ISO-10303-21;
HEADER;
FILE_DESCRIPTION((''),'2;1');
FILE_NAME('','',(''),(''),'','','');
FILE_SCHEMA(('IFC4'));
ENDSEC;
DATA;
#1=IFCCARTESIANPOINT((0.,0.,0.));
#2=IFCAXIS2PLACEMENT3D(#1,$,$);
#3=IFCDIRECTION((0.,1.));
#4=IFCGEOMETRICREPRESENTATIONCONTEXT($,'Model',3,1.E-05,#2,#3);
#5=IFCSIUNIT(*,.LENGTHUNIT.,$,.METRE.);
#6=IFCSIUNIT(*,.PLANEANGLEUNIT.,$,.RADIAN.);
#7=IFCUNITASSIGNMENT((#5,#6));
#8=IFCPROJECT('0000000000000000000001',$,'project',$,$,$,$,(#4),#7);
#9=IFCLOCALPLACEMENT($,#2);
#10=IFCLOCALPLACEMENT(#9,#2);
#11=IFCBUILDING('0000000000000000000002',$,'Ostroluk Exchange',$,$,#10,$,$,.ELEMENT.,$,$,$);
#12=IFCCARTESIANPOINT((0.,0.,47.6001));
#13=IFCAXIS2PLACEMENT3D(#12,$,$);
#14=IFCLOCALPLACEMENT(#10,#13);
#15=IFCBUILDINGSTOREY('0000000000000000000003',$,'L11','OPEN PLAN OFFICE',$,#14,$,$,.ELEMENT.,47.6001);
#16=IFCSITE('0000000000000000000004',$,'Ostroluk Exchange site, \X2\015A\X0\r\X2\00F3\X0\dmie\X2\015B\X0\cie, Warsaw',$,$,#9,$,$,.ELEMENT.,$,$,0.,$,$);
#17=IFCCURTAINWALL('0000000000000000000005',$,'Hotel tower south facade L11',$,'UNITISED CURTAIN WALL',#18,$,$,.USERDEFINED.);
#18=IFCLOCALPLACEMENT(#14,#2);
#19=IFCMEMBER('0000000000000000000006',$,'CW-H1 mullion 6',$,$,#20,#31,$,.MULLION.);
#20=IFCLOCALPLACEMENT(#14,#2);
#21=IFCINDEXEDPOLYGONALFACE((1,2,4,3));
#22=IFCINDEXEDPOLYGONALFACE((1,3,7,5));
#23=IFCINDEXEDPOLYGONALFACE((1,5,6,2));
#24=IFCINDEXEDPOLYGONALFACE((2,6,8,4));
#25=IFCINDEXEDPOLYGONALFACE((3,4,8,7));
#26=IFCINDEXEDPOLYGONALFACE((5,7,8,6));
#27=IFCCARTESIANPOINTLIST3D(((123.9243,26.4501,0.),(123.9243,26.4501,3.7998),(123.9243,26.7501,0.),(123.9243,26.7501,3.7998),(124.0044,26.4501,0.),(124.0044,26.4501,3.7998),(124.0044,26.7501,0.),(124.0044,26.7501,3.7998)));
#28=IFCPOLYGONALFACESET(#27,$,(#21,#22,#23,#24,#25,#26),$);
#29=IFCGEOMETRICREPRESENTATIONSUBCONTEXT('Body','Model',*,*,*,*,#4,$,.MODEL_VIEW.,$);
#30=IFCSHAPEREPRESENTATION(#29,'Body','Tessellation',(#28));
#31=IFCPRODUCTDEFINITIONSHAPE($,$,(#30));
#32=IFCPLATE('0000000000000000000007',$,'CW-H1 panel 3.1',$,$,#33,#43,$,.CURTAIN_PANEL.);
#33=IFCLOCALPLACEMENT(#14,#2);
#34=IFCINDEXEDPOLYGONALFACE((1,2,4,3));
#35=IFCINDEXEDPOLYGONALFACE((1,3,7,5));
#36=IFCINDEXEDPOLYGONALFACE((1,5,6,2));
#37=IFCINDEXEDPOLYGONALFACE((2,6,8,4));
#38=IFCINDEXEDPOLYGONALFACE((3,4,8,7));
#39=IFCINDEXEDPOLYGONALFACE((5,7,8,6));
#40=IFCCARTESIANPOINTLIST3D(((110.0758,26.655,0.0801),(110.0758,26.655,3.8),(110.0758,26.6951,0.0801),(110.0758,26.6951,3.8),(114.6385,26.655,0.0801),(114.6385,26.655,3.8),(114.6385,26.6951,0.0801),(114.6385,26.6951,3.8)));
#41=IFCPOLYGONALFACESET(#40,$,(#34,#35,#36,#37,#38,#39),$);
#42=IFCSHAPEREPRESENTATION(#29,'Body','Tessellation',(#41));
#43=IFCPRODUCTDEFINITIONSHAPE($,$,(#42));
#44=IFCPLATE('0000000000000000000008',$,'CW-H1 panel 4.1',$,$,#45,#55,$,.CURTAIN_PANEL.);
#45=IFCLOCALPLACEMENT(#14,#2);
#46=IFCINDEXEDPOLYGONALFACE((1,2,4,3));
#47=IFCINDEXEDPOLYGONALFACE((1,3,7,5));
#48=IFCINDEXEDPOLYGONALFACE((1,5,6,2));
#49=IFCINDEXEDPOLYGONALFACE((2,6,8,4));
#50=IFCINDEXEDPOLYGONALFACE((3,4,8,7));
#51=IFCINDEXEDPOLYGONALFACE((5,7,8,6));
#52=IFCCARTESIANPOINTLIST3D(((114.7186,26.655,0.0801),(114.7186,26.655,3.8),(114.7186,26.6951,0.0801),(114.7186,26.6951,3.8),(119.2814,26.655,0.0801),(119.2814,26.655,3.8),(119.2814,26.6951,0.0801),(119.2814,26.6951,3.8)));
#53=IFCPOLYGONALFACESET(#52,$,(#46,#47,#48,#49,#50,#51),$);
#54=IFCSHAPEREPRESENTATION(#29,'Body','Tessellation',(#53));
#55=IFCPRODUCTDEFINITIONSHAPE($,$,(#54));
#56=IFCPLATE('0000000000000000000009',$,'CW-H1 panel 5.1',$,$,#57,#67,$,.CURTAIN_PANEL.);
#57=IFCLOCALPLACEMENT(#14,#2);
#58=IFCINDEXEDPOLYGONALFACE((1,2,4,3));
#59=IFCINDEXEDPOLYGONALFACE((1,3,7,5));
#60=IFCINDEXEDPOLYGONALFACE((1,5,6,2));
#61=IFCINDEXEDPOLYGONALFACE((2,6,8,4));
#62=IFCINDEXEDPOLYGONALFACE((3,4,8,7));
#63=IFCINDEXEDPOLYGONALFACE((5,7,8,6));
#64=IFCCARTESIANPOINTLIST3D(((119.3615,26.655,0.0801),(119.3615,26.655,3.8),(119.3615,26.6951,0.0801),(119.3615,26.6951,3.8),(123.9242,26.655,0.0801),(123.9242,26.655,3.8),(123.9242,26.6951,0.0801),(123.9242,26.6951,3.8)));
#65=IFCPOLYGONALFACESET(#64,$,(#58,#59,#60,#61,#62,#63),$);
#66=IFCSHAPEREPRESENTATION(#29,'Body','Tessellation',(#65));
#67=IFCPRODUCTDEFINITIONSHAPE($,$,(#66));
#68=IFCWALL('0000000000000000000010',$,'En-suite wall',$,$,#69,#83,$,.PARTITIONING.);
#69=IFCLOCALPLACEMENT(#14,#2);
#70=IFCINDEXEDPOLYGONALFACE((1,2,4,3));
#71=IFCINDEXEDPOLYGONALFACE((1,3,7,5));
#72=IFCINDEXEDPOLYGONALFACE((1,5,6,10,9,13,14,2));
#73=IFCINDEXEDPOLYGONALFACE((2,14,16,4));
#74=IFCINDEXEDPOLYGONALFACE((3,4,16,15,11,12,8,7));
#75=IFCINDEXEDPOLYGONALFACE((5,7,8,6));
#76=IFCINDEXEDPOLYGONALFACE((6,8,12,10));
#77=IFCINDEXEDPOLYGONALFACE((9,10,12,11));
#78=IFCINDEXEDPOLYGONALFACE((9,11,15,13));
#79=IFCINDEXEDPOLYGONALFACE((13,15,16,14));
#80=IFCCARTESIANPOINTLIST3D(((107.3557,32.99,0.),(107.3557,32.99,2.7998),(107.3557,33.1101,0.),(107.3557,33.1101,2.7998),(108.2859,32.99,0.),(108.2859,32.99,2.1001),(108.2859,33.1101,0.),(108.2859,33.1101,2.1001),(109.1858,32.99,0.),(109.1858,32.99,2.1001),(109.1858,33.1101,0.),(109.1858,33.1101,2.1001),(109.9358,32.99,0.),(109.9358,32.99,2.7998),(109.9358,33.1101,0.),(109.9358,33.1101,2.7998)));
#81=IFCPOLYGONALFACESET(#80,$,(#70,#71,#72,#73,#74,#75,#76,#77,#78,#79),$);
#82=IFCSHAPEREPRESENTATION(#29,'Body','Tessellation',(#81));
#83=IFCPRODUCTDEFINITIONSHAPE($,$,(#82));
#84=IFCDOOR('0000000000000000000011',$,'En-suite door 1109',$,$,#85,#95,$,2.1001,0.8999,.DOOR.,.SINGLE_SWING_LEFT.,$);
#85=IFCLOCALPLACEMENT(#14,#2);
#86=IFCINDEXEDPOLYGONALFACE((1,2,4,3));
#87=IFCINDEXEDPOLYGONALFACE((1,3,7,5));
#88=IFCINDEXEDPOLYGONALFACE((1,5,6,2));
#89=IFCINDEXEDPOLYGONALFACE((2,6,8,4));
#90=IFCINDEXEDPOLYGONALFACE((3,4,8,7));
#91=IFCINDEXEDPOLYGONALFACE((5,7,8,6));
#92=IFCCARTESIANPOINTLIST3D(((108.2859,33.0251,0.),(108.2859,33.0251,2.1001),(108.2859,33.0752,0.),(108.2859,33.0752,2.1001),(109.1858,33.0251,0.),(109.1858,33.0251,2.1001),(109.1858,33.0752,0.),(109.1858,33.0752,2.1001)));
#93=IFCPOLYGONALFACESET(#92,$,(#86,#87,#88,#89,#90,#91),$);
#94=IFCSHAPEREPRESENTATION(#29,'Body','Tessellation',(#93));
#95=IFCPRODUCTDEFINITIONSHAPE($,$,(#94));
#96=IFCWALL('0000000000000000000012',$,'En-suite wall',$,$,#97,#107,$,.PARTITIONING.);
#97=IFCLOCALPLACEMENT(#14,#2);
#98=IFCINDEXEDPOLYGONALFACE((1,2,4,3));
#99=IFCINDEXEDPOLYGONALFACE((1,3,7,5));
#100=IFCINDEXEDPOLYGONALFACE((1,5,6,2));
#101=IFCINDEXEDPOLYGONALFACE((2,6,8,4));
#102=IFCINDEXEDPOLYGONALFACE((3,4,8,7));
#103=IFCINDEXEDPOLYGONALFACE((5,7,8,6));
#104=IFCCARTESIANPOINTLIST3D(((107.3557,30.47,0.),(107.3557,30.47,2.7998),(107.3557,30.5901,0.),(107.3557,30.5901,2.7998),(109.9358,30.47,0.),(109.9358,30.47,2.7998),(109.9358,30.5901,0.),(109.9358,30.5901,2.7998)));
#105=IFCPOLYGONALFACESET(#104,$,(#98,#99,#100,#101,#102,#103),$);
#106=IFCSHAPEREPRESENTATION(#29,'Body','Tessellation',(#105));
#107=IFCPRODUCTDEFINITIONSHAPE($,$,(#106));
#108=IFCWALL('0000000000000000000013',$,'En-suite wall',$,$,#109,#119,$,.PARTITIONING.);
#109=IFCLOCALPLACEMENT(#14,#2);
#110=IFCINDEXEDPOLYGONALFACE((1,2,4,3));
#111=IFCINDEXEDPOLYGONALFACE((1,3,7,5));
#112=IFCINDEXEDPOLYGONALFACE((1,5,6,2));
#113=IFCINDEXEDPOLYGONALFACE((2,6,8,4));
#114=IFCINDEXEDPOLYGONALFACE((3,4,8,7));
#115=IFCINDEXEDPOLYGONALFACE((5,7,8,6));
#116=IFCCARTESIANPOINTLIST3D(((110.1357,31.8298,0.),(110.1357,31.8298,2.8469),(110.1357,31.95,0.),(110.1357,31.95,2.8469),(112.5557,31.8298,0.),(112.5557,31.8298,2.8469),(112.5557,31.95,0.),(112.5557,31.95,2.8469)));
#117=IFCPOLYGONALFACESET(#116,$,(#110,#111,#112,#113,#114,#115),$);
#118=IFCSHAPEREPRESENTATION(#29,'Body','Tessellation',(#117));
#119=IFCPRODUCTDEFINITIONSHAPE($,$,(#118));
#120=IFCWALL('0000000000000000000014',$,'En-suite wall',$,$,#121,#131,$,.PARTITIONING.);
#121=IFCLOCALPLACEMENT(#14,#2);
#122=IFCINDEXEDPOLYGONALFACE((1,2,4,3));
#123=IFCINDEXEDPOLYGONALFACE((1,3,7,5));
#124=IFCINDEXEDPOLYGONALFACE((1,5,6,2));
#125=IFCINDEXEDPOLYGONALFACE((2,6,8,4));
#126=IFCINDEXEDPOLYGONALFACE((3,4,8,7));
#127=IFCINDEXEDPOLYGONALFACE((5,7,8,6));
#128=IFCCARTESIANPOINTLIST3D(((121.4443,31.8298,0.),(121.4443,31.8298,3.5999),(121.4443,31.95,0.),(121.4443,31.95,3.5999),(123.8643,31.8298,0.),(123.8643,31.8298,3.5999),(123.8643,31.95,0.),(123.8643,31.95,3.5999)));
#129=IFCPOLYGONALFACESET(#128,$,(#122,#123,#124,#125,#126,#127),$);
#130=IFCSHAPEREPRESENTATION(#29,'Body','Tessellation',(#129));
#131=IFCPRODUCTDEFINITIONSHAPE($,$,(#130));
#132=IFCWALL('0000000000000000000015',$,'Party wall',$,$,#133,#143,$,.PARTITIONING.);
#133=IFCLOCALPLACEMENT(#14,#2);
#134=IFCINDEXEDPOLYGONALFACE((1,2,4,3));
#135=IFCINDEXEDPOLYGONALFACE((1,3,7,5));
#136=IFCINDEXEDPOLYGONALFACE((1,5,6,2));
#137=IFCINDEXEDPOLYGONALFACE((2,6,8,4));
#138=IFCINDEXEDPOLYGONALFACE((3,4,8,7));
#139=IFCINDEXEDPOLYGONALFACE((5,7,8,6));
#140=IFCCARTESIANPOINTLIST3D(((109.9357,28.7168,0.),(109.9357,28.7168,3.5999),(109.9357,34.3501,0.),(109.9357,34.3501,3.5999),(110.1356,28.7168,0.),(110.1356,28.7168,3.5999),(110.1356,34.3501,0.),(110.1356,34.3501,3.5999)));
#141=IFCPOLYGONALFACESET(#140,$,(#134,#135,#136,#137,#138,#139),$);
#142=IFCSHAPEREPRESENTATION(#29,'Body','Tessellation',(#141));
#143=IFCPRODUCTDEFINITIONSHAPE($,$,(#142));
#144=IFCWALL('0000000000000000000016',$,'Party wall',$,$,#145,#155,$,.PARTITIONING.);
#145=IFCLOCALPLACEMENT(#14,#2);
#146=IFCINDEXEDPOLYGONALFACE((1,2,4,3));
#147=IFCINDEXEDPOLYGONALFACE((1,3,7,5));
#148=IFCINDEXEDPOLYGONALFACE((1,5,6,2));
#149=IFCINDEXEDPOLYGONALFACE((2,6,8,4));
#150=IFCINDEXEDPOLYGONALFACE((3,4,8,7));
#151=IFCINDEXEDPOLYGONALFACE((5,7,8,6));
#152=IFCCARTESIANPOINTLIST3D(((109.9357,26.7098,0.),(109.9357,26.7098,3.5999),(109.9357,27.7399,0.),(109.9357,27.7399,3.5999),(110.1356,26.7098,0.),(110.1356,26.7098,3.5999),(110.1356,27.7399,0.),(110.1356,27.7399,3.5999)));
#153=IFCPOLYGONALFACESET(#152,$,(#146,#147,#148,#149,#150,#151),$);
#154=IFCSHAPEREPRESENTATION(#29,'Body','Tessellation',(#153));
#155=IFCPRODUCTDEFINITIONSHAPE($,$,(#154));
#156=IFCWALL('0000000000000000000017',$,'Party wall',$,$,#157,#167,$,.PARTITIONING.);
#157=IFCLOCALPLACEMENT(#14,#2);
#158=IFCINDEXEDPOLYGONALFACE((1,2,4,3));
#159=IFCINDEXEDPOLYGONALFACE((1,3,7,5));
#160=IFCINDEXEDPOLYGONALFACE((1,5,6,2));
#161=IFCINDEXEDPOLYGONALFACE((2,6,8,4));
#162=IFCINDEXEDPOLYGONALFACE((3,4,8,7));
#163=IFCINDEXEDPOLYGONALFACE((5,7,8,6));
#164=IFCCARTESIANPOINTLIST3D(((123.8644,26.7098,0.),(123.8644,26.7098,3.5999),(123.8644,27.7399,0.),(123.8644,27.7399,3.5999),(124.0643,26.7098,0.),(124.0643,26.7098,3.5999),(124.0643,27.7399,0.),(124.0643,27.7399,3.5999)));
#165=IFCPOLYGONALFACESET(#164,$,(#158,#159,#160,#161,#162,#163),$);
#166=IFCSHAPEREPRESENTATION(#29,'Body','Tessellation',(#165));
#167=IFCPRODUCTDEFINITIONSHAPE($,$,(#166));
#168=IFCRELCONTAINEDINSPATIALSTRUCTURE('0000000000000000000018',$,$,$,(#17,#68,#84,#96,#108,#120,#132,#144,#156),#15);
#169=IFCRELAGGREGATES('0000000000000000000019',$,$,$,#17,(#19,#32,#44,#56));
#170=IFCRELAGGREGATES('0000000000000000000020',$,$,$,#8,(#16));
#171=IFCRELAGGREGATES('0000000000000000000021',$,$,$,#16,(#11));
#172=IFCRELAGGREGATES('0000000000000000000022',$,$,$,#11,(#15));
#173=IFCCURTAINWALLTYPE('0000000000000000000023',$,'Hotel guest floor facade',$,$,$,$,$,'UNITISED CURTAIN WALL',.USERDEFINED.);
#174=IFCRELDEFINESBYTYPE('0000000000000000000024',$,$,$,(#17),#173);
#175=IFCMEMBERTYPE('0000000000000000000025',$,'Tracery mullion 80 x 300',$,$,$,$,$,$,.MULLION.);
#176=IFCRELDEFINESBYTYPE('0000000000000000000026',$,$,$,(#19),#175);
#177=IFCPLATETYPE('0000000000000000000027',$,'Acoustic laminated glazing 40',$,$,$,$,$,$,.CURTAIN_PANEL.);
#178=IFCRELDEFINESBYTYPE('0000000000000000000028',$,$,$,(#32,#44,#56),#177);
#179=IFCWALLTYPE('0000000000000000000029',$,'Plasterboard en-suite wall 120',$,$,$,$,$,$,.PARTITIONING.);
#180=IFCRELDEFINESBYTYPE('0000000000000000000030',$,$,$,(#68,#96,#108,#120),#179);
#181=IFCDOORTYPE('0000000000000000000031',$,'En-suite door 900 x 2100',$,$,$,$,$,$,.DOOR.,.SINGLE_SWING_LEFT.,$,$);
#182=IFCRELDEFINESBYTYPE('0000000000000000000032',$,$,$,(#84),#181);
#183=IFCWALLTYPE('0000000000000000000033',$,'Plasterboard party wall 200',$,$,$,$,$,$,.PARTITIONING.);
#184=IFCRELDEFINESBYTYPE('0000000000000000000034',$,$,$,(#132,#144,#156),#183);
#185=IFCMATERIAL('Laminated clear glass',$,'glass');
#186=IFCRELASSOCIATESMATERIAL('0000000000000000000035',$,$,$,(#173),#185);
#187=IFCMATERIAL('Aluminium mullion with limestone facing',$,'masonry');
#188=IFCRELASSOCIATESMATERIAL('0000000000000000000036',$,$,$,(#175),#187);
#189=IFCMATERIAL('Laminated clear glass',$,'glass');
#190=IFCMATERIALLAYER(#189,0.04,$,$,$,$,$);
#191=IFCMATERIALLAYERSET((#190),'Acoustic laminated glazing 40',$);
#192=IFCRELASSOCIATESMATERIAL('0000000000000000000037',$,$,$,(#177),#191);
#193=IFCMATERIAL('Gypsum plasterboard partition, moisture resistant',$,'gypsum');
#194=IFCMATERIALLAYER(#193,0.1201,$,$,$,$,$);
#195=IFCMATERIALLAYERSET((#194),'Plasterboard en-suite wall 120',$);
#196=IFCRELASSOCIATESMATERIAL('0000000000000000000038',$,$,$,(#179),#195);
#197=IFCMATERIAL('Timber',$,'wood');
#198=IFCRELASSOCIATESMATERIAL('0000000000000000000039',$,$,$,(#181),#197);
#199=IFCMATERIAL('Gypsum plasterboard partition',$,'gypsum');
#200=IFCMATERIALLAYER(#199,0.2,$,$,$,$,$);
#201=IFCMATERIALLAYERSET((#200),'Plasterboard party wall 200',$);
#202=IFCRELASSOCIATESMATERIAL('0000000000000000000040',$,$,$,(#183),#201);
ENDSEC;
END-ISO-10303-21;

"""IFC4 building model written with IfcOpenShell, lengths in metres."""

from ifc_helpers import new_model, si_unit, direction, frame, frame_2d, origin, origin_2d, place, context, subcontext, project, spatial, rectangle, extrude, material, layer, layer_set, material_profile, profile_set, type_object, element, fill, aggregate, save


model = new_model("IFC4")

# Units and contexts
model_context = context("Model", 3, precision=1e-05, world=origin(), true_north=direction((0.0, 1.0)))
body_context = subcontext(model_context, "Body", "Model", "MODEL_VIEW")
ifc_project = project(units=[si_unit("LENGTHUNIT", "METRE"), si_unit("PLANEANGLEUNIT", "RADIAN")], contexts=[model_context])

# Site, building, storey
site_placement = place(None, origin())
site = spatial("IfcSite", under=ifc_project, at=site_placement, Name="Ostroluk Exchange site, Śródmieście, Warsaw", CompositionType="ELEMENT", RefElevation=0.0)
building_placement = place(site_placement, origin())
building = spatial("IfcBuilding", under=site, at=building_placement, Name="Ostroluk Exchange", CompositionType="ELEMENT")
storey_placement = place(building_placement, frame((0.0, 0.0, 47.6001)))
storey = spatial("IfcBuildingStorey", under=building, at=storey_placement, Name="L11", Description="OPEN PLAN OFFICE", CompositionType="ELEMENT", Elevation=47.6001)

# Curtain wall, member, plates
ifc_material_1 = material(Name="Laminated clear glass", Category="glass")
curtain_wall_type = type_object("IfcCurtainWallType", Name="Hotel guest floor facade", ElementType="UNITISED CURTAIN WALL", PredefinedType="USERDEFINED", material=ifc_material_1)
curtain_wall_placement = place(storey_placement, origin())
curtain_wall = element("IfcCurtainWall", 1, at=curtain_wall_placement, inside=storey, type_object=curtain_wall_type, Name="Hotel tower south facade L11", ObjectType="UNITISED CURTAIN WALL", PredefinedType="USERDEFINED")
ifc_material_2 = material(Name="Aluminium mullion with limestone facing", Category="masonry")
ifc_material_profile_1 = material_profile(ifc_material_2, rectangle(XDim=0.3, YDim=0.0801, at=origin_2d()), Name="Tracery mullion 80 x 300")
ifc_profile_set_1 = profile_set([ifc_material_profile_1], Name="Aluminium mullion with limestone facing")
member_type_1 = type_object("IfcMemberType", Name="Tracery mullion 80 x 300", PredefinedType="MULLION", material=ifc_profile_set_1)
member_1_placement = place(storey_placement, frame((123.9644, 26.6001, 0.0), z_axis=(0.0, 0.0, 1.0), x_axis=(0.0, 1.0, 0.0)))
member_1 = element("IfcMember", 2, at=member_1_placement, type_object=member_type_1, Name="CW-H1 mullion 6", PredefinedType="MULLION", context=body_context, shape_type="SweptSolid", body=[
    extrude(rectangle(XDim=0.3, YDim=0.0801, at=origin_2d()), origin(), (0.0, 0.0, 1.0), 3.7998),
])
ifc_material_3 = material(Name="Laminated clear glass", Category="glass")
ifc_layer_1 = layer(ifc_material_3, 0.04)
ifc_layer_set_1 = layer_set([ifc_layer_1], Name="Acoustic laminated glazing 40")
plate_type = type_object("IfcPlateType", Name="Acoustic laminated glazing 40", PredefinedType="CURTAIN_PANEL", material=ifc_layer_set_1)
plate_1_placement = place(storey_placement, frame((112.3572, 26.675, 0.0801), z_axis=(0.0, 0.0, 1.0), x_axis=(1.0, 0.0, 0.0)))
plate_1 = element("IfcPlate", 3, at=plate_1_placement, type_object=plate_type, Name="CW-H1 panel 3.1", PredefinedType="CURTAIN_PANEL", context=body_context, shape_type="SweptSolid", body=[
    extrude(rectangle(XDim=4.5627, YDim=0.04, at=origin_2d()), origin(), (0.0, 0.0, 1.0), 3.72),
])
plate_2_placement = place(storey_placement, frame((117.0, 26.675, 0.0801), z_axis=(0.0, 0.0, 1.0), x_axis=(1.0, 0.0, 0.0)))
plate_2 = element("IfcPlate", 4, at=plate_2_placement, type_object=plate_type, Name="CW-H1 panel 4.1", PredefinedType="CURTAIN_PANEL", context=body_context, shape_type="SweptSolid", body=[
    extrude(rectangle(XDim=4.5627, YDim=0.04, at=origin_2d()), origin(), (0.0, 0.0, 1.0), 3.72),
])
plate_3_placement = place(storey_placement, frame((121.6428, 26.675, 0.0801), z_axis=(0.0, 0.0, 1.0), x_axis=(1.0, 0.0, 0.0)))
plate_3 = element("IfcPlate", 5, at=plate_3_placement, type_object=plate_type, Name="CW-H1 panel 5.1", PredefinedType="CURTAIN_PANEL", context=body_context, shape_type="SweptSolid", body=[
    extrude(rectangle(XDim=4.5627, YDim=0.04, at=origin_2d()), origin(), (0.0, 0.0, 1.0), 3.72),
])
aggregate(curtain_wall, [member_1, plate_1, plate_2, plate_3])

# Wall, opening, door
ifc_material_4 = material(Name="Gypsum plasterboard partition, moisture resistant", Category="gypsum")
ifc_layer_2 = layer(ifc_material_4, 0.1201)
ifc_layer_set_2 = layer_set([ifc_layer_2], Name="Plasterboard en-suite wall 120")
wall_type_1 = type_object("IfcWallType", Name="Plasterboard en-suite wall 120", PredefinedType="PARTITIONING", material=ifc_layer_set_2)
wall_1_placement = place(storey_placement, frame((109.9358, 33.05, 0.0), z_axis=(0.0, 0.0, 1.0), x_axis=(-1.0, 0.0, 0.0)))
wall_1 = element("IfcWall", 6, at=wall_1_placement, inside=storey, type_object=wall_type_1, Name="En-suite wall", PredefinedType="PARTITIONING", context=body_context, shape_type="SweptSolid", body=[
    extrude(rectangle(XDim=2.5801, YDim=0.1201, at=frame_2d((1.29, 0.0))), origin(), (0.0, 0.0, 1.0), 2.7998),
])
opening_placement = place(wall_1_placement, frame((0.75, 0.0, 0.0)))
opening = element("IfcOpeningElement", 7, at=opening_placement, cuts=wall_1, PredefinedType="OPENING", context=body_context, shape_type="SweptSolid", body=[
    extrude(rectangle(XDim=0.8999, YDim=2.1001, at=frame_2d((0.45, 1.05))), frame((0.0, 0.0701, 0.0), z_axis=(0.0, -1.0, 0.0), x_axis=(1.0, 0.0, 0.0)), (0.0, 0.0, 1.0), 0.1401),
])
ifc_material_5 = material(Name="Timber", Category="wood")
door_type = type_object("IfcDoorType", Name="En-suite door 900 x 2100", OperationType="SINGLE_SWING_LEFT", PredefinedType="DOOR", material=ifc_material_5)
door_placement = place(opening_placement, origin())
door = element("IfcDoor", 8, at=door_placement, inside=storey, type_object=door_type, Name="En-suite door 1109", OperationType="SINGLE_SWING_LEFT", OverallHeight=2.1001, OverallWidth=0.8999, PredefinedType="DOOR", context=body_context, shape_type="SweptSolid", body=[
    extrude(rectangle(XDim=0.8999, YDim=2.1001, at=frame_2d((0.45, 1.05))), frame((0.0, 0.0249, 0.0), z_axis=(0.0, -1.0, 0.0), x_axis=(1.0, 0.0, 0.0)), (0.0, 0.0, 1.0), 0.05),
])
fill(opening, door)

# Walls
wall_2_placement = place(storey_placement, frame((109.9358, 30.53, 0.0), z_axis=(0.0, 0.0, 1.0), x_axis=(-1.0, 0.0, 0.0)))
element("IfcWall", 9, at=wall_2_placement, inside=storey, type_object=wall_type_1, Name="En-suite wall", PredefinedType="PARTITIONING", context=body_context, shape_type="SweptSolid", body=[
    extrude(rectangle(XDim=2.5801, YDim=0.1201, at=frame_2d((1.29, 0.0))), origin(), (0.0, 0.0, 1.0), 2.7998),
])
wall_3_placement = place(storey_placement, frame((110.1357, 31.8899, 0.0), z_axis=(0.0, 0.0, 1.0), x_axis=(1.0, 0.0, 0.0)))
element("IfcWall", 10, at=wall_3_placement, inside=storey, type_object=wall_type_1, Name="En-suite wall", PredefinedType="PARTITIONING", context=body_context, shape_type="SweptSolid", body=[
    extrude(rectangle(XDim=2.4199, YDim=0.1201, at=frame_2d((1.21, 0.0))), origin(), (0.0, 0.0, 1.0), 2.8469),
])
wall_4_placement = place(storey_placement, frame((121.4443, 31.8899, 0.0), z_axis=(0.0, 0.0, 1.0), x_axis=(1.0, 0.0, 0.0)))
element("IfcWall", 11, at=wall_4_placement, inside=storey, type_object=wall_type_1, Name="En-suite wall", PredefinedType="PARTITIONING", context=body_context, shape_type="SweptSolid", body=[
    extrude(rectangle(XDim=2.4199, YDim=0.1201, at=frame_2d((1.21, 0.0))), origin(), (0.0, 0.0, 1.0), 3.5999),
])
ifc_material_6 = material(Name="Gypsum plasterboard partition", Category="gypsum")
ifc_layer_3 = layer(ifc_material_6, 0.2)
ifc_layer_set_3 = layer_set([ifc_layer_3], Name="Plasterboard party wall 200")
wall_type_2 = type_object("IfcWallType", Name="Plasterboard party wall 200", PredefinedType="PARTITIONING", material=ifc_layer_set_3)
wall_5_placement = place(storey_placement, frame((110.0356, 34.3501, 0.0), z_axis=(0.0, 0.0, 1.0), x_axis=(0.0, -1.0, 0.0)))
element("IfcWall", 12, at=wall_5_placement, inside=storey, type_object=wall_type_2, Name="Party wall", PredefinedType="PARTITIONING", context=body_context, shape_type="SweptSolid", body=[
    extrude(rectangle(XDim=5.6333, YDim=0.2, at=frame_2d((2.8167, 0.0))), origin(), (0.0, 0.0, 1.0), 3.5999),
])
for number, where, z_axis, x_axis, name in (
    (13, (110.0356, 27.74, 0.0), (0.0, 0.0, 1.0), (0.0, -1.0, 0.0), "Party wall"),
    (14, (123.9644, 27.74, 0.0), (0.0, 0.0, 1.0), (0.0, -1.0, 0.0), "Party wall"),
):
    element("IfcWall", number, at=place(storey_placement, frame(where, z_axis=z_axis, x_axis=x_axis)), inside=storey, type_object=wall_type_2, Name=name, PredefinedType="PARTITIONING", context=body_context, shape_type="SweptSolid", body=[
        extrude(rectangle(XDim=1.03, YDim=0.2, at=frame_2d((0.5151, 0.0))), origin(), (0.0, 0.0, 1.0), 3.5999),
    ])

save(model, "model.ifc")
